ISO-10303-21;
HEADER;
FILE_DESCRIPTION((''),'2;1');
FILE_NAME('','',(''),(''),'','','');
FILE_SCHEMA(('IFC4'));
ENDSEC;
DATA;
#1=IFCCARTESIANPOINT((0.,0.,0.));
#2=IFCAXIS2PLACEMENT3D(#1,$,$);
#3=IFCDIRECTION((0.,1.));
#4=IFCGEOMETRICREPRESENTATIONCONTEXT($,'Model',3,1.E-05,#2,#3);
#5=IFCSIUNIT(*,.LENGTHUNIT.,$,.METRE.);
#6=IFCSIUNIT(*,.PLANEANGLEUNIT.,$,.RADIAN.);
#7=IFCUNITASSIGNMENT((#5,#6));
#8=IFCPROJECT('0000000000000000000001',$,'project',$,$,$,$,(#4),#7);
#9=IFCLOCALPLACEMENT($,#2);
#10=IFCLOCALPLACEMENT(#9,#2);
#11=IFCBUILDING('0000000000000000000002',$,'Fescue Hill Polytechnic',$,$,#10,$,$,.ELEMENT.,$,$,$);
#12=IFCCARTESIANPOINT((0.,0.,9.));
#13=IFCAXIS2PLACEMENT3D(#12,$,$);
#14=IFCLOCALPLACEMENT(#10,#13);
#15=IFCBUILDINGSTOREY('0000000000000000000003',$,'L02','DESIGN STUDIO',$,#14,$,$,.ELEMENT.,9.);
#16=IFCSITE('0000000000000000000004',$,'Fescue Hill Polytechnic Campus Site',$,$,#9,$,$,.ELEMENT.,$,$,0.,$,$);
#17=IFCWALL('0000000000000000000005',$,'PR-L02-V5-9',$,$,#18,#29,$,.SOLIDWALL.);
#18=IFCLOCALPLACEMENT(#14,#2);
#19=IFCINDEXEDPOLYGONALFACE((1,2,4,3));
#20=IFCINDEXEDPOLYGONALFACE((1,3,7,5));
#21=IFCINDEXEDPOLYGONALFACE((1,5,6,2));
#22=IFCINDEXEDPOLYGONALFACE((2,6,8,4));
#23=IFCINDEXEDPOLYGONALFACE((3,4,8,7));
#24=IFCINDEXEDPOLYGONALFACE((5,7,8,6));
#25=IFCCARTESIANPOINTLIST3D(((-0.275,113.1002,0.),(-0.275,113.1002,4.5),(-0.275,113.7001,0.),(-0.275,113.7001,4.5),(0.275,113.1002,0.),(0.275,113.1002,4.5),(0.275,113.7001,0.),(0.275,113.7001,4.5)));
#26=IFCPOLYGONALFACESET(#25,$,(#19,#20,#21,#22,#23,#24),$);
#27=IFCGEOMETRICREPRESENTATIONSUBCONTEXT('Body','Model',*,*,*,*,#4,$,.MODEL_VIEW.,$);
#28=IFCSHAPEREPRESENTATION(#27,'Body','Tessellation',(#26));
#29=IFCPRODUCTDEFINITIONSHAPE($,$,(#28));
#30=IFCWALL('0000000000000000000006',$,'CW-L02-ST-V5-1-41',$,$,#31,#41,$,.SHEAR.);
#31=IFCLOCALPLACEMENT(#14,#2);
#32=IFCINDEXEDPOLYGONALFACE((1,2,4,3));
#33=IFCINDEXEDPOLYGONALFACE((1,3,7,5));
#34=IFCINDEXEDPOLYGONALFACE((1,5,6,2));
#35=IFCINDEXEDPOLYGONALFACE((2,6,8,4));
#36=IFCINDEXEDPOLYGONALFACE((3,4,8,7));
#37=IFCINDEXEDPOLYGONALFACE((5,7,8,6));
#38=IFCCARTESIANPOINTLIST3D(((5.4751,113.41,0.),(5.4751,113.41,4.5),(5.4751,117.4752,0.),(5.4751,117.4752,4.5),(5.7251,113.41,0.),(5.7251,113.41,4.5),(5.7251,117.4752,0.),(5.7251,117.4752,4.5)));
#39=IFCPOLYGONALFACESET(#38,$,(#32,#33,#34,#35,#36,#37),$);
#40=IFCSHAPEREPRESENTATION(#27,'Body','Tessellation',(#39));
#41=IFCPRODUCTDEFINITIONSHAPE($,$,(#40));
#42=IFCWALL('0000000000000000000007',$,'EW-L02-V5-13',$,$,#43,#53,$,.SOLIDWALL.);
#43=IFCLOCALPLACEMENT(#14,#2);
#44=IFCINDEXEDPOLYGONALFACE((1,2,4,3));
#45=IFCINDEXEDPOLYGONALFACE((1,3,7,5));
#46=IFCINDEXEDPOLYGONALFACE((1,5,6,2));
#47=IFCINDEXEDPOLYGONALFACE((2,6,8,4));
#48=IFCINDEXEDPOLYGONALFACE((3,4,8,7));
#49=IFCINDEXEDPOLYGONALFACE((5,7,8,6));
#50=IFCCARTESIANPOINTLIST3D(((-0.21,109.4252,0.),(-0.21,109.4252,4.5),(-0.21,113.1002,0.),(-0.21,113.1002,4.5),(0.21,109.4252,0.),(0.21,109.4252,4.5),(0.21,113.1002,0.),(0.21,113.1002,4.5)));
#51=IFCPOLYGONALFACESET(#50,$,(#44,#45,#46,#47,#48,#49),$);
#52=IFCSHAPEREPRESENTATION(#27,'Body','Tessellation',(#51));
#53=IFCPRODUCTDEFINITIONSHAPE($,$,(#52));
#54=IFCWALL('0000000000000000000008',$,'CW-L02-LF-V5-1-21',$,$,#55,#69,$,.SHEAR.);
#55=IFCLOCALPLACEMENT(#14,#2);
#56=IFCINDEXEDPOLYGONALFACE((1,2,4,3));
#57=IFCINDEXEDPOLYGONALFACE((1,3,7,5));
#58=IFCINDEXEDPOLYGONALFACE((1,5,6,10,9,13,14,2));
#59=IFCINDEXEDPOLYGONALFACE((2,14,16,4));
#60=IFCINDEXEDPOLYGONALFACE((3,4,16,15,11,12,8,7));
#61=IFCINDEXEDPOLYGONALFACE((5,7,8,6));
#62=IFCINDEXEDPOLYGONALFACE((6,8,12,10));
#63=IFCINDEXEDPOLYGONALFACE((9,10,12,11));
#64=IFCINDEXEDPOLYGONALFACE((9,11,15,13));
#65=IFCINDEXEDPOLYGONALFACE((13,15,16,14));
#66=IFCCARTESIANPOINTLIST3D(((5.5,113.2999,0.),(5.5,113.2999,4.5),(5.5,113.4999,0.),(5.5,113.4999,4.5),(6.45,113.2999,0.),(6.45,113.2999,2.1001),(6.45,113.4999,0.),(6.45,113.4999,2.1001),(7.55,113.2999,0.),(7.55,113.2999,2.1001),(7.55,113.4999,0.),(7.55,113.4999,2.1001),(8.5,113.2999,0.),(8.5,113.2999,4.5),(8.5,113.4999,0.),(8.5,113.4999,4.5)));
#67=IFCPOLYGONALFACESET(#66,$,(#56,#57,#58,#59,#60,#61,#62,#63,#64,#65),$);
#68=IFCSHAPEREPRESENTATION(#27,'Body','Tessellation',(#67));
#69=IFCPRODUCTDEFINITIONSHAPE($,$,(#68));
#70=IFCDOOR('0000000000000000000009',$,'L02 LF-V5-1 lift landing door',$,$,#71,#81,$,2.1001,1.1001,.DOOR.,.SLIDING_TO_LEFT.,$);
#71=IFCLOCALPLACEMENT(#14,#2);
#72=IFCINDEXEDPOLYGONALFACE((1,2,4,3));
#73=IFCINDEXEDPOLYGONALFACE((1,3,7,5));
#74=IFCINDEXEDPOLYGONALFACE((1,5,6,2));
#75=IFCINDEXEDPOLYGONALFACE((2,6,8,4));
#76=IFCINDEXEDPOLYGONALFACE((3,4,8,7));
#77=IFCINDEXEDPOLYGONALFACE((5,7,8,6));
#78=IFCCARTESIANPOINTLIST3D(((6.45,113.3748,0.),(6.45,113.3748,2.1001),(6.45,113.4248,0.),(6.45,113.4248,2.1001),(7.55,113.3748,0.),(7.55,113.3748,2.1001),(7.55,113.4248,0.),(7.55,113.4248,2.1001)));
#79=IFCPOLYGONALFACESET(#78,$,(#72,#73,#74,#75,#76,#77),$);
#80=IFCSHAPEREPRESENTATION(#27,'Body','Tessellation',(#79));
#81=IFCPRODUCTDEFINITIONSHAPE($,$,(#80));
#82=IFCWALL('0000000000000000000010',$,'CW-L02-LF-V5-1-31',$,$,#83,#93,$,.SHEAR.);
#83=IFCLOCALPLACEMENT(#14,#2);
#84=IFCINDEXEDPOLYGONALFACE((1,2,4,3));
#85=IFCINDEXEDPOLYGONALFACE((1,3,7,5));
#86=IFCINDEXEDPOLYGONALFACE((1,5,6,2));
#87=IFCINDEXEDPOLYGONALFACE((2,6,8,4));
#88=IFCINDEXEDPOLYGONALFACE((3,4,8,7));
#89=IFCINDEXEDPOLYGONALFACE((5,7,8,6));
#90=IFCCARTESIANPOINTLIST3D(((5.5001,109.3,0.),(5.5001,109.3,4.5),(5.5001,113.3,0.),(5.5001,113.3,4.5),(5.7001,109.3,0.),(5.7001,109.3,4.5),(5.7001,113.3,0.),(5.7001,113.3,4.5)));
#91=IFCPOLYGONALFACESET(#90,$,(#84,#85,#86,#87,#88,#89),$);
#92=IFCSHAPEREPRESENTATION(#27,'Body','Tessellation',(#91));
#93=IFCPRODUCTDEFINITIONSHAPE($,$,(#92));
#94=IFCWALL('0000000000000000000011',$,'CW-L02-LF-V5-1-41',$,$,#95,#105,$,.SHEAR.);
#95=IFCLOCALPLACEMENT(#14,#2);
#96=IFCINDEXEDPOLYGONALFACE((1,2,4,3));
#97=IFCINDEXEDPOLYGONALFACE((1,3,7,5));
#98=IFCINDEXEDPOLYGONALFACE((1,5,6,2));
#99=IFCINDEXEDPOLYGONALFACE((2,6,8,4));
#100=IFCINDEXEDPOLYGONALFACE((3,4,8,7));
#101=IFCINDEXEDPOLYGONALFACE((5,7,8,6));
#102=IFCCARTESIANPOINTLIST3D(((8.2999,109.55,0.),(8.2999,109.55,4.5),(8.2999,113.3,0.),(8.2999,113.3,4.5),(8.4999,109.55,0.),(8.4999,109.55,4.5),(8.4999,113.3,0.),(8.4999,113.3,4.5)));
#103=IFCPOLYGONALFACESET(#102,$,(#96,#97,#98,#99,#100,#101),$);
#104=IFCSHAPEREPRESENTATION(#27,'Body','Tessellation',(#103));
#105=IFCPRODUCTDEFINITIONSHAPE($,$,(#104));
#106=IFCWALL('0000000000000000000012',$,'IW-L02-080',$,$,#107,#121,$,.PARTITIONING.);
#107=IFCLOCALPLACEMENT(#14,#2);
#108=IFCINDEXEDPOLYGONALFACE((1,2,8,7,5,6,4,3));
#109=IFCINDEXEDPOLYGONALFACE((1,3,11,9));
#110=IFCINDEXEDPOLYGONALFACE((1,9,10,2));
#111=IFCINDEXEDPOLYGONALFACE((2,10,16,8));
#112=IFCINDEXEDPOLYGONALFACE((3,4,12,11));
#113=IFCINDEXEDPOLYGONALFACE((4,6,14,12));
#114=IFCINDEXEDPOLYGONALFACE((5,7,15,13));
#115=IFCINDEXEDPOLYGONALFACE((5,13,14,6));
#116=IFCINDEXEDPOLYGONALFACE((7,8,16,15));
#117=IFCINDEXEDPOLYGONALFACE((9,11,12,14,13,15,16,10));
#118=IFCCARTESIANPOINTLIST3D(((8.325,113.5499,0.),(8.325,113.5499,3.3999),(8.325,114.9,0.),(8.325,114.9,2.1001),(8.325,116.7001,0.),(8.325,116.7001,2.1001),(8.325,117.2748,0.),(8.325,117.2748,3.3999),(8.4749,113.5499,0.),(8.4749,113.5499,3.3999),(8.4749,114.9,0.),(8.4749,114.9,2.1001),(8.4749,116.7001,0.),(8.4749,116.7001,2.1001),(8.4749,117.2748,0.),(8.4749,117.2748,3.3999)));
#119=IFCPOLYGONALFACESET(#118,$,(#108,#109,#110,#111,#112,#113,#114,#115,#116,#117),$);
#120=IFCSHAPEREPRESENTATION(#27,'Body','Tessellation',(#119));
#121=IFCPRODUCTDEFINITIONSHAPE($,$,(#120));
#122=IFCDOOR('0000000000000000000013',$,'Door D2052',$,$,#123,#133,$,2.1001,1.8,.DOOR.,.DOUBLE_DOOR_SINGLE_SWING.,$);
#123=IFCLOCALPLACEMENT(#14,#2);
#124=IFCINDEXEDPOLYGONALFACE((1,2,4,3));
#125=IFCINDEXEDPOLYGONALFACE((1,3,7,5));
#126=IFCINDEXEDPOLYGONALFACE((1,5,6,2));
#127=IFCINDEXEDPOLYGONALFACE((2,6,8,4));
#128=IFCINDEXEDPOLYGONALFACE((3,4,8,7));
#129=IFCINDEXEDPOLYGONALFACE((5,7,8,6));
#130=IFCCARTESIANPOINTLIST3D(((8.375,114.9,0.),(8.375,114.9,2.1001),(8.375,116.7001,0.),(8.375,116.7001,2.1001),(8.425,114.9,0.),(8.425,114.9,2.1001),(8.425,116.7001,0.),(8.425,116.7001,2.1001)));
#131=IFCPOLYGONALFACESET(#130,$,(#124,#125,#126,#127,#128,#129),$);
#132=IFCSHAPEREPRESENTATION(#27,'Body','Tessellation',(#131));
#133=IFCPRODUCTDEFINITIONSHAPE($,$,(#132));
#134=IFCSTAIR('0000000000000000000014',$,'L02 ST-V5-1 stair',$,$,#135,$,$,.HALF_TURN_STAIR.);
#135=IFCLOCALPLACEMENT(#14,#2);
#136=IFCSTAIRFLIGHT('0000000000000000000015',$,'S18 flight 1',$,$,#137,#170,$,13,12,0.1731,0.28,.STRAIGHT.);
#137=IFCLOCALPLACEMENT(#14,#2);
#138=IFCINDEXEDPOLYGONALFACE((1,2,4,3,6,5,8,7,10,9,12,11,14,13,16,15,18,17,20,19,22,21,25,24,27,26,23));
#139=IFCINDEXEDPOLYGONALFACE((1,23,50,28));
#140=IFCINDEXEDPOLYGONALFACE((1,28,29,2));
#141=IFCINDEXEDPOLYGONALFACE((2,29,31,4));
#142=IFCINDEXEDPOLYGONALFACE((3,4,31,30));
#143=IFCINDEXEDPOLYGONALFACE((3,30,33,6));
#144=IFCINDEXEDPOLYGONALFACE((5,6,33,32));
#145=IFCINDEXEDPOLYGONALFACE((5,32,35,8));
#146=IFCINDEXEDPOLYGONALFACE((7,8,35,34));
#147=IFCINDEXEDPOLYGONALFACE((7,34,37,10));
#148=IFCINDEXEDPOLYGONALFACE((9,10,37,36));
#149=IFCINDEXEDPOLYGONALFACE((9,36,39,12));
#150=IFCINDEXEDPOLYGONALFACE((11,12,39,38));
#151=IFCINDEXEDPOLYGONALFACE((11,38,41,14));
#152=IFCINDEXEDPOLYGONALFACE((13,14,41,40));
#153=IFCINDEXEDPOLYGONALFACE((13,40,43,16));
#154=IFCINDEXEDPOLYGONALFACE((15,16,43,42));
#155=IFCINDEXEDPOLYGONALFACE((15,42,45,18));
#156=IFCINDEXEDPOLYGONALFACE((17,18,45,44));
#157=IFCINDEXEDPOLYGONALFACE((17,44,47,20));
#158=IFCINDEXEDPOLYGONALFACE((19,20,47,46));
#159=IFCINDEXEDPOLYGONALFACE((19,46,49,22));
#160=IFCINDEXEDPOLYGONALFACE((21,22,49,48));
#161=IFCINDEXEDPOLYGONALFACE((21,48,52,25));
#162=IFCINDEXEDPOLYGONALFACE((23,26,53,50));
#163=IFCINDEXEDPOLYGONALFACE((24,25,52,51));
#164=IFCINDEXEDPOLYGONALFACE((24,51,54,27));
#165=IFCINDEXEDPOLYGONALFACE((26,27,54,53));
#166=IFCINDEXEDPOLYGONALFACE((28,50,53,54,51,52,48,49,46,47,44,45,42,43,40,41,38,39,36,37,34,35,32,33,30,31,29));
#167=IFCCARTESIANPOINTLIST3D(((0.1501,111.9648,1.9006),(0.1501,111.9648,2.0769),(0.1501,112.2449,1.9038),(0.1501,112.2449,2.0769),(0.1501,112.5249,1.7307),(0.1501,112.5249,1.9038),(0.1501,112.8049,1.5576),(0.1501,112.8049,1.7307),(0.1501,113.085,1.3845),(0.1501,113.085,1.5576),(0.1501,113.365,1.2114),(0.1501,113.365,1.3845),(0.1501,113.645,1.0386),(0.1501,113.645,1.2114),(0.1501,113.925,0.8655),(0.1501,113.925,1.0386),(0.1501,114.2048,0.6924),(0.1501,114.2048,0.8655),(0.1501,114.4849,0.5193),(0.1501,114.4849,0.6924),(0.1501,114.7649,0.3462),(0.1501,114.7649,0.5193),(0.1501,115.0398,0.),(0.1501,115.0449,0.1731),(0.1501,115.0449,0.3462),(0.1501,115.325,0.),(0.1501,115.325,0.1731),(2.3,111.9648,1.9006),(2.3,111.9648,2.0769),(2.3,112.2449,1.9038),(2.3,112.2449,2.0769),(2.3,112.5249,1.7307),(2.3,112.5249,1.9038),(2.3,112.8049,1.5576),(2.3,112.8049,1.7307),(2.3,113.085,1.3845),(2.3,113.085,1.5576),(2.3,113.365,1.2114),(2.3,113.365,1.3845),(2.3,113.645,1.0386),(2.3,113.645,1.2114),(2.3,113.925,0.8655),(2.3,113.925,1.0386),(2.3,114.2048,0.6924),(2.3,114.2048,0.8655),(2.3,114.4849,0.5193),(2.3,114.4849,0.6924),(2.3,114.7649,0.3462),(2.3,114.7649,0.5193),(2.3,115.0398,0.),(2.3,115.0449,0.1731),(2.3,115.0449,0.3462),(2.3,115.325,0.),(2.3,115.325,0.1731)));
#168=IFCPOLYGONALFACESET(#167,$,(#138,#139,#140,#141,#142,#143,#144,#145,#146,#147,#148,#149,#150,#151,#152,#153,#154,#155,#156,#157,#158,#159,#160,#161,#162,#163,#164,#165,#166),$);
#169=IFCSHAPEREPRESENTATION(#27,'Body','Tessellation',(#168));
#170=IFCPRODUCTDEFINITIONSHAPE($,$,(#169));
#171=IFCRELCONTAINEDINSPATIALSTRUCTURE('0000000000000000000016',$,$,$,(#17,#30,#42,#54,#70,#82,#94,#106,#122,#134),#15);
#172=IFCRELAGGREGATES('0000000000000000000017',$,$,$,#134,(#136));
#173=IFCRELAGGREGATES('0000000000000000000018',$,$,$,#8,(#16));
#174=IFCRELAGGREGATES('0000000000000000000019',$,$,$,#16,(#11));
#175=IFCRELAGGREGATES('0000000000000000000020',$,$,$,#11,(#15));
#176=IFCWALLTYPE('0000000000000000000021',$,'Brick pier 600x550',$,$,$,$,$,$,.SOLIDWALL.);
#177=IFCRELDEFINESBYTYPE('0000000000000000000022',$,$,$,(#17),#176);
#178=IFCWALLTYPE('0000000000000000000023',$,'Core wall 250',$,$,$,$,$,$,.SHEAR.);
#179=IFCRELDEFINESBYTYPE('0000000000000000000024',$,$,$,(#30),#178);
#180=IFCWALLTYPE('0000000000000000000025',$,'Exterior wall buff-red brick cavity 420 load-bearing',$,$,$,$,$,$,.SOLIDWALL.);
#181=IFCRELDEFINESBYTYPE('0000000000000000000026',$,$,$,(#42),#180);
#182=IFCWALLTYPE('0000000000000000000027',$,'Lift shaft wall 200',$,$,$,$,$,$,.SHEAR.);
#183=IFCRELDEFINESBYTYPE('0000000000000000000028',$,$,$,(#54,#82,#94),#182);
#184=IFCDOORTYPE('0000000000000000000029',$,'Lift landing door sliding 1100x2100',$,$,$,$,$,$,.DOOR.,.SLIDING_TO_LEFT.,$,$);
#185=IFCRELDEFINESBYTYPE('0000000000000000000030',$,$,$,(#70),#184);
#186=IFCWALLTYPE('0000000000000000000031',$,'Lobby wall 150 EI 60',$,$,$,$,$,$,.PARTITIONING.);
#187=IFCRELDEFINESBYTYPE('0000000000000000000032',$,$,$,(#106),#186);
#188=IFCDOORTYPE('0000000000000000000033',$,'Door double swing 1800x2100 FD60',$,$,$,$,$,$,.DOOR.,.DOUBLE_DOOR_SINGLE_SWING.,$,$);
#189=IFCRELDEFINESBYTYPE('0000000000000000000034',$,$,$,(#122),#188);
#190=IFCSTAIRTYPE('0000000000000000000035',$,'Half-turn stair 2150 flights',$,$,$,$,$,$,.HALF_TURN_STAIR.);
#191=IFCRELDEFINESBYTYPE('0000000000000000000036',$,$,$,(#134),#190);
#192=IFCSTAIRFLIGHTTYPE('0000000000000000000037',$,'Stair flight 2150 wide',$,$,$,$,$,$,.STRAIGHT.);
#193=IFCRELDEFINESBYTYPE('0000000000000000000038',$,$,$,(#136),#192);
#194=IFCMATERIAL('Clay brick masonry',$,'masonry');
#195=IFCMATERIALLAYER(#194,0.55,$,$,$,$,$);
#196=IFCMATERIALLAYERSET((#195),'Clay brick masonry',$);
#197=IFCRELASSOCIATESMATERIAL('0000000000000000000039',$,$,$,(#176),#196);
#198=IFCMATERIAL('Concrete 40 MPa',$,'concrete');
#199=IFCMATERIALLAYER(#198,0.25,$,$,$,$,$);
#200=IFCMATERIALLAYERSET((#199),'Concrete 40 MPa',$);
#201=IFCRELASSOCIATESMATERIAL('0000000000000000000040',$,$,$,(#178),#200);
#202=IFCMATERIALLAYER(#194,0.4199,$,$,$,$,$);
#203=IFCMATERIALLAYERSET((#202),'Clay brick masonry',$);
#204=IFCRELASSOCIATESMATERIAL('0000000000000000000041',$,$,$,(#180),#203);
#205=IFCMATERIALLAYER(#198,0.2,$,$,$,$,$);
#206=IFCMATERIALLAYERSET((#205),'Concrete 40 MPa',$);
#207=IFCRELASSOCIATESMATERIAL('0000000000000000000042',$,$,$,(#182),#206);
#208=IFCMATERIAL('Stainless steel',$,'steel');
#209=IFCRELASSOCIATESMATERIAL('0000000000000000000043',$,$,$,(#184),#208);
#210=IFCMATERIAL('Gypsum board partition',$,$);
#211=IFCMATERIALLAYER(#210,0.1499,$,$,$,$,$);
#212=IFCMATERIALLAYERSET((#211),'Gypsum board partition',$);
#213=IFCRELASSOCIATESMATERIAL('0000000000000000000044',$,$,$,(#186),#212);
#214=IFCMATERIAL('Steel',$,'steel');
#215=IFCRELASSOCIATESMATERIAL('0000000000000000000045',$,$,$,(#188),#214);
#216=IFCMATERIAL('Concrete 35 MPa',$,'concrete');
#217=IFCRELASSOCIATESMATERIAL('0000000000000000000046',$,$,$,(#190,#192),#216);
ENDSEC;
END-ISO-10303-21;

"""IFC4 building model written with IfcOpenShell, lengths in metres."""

from ifc_helpers import new_model, si_unit, direction, frame, frame_2d, origin, place, context, subcontext, project, spatial, polyline, rectangle, outline, extrude, material, layer, layer_set, type_object, element, fill, aggregate, save


model = new_model("IFC4")

# Units and contexts
model_context = context("Model", 3, precision=1e-05, world=origin(), true_north=direction((0.0, 1.0)))
body_context = subcontext(model_context, "Body", "Model", "MODEL_VIEW")
ifc_project = project(units=[si_unit("LENGTHUNIT", "METRE"), si_unit("PLANEANGLEUNIT", "RADIAN")], contexts=[model_context])

# Site, building, storey
site_placement = place(None, origin())
site = spatial("IfcSite", under=ifc_project, at=site_placement, Name="Fescue Hill Polytechnic Campus Site", CompositionType="ELEMENT", RefElevation=0.0)
building_placement = place(site_placement, origin())
building = spatial("IfcBuilding", under=site, at=building_placement, Name="Fescue Hill Polytechnic", CompositionType="ELEMENT")
storey_placement = place(building_placement, frame((0.0, 0.0, 9.0)))
storey = spatial("IfcBuildingStorey", under=building, at=storey_placement, Name="L02", Description="DESIGN STUDIO", CompositionType="ELEMENT", Elevation=9.0)

# Walls
ifc_material_1 = material(Name="Clay brick masonry", Category="masonry")
ifc_layer_1 = layer(ifc_material_1, 0.55)
ifc_layer_set_1 = layer_set([ifc_layer_1], Name="Clay brick masonry")
wall_type_1 = type_object("IfcWallType", Name="Brick pier 600x550", PredefinedType="SOLIDWALL", material=ifc_layer_set_1)
wall_1_placement = place(storey_placement, frame((0.0, 113.7, 0.0), z_axis=(0.0, 0.0, 1.0), x_axis=(0.0, -1.0, 0.0)))
element("IfcWall", 1, at=wall_1_placement, inside=storey, type_object=wall_type_1, Name="PR-L02-V5-9", PredefinedType="SOLIDWALL", context=body_context, shape_type="SweptSolid", body=[
    extrude(rectangle(XDim=0.5999, YDim=0.55, at=frame_2d((0.2998, 0.0))), origin(), (0.0, 0.0, 1.0), 4.5),
])
ifc_material_2 = material(Name="Concrete 40 MPa", Category="concrete")
ifc_layer_2 = layer(ifc_material_2, 0.25)
ifc_layer_set_2 = layer_set([ifc_layer_2], Name="Concrete 40 MPa")
wall_type_2 = type_object("IfcWallType", Name="Core wall 250", PredefinedType="SHEAR", material=ifc_layer_set_2)
wall_2_placement = place(storey_placement, frame((5.6001, 113.4099, 0.0), z_axis=(0.0, 0.0, 1.0), x_axis=(0.0, 1.0, 0.0)))
element("IfcWall", 2, at=wall_2_placement, inside=storey, type_object=wall_type_2, Name="CW-L02-ST-V5-1-41", PredefinedType="SHEAR", context=body_context, shape_type="SweptSolid", body=[
    extrude(rectangle(XDim=4.0652, YDim=0.25, at=frame_2d((2.0327, 0.0))), origin(), (0.0, 0.0, 1.0), 4.5),
])
ifc_layer_3 = layer(ifc_material_1, 0.4199)
ifc_layer_set_3 = layer_set([ifc_layer_3], Name="Clay brick masonry")
wall_type_3 = type_object("IfcWallType", Name="Exterior wall buff-red brick cavity 420 load-bearing", PredefinedType="SOLIDWALL", material=ifc_layer_set_3)
wall_3_placement = place(storey_placement, frame((0.0, 113.1001, 0.0), z_axis=(0.0, 0.0, 1.0), x_axis=(0.0, -1.0, 0.0)))
element("IfcWall", 3, at=wall_3_placement, inside=storey, type_object=wall_type_3, Name="EW-L02-V5-13", PredefinedType="SOLIDWALL", context=body_context, shape_type="SweptSolid", body=[
    extrude(rectangle(XDim=3.675, YDim=0.4199, at=frame_2d((1.8374, 0.0))), origin(), (0.0, 0.0, 1.0), 4.5),
])

# Wall, opening, door
ifc_layer_4 = layer(ifc_material_2, 0.2)
ifc_layer_set_4 = layer_set([ifc_layer_4], Name="Concrete 40 MPa")
wall_type_4 = type_object("IfcWallType", Name="Lift shaft wall 200", PredefinedType="SHEAR", material=ifc_layer_set_4)
wall_4_placement = place(storey_placement, frame((5.5, 113.3999, 0.0), z_axis=(0.0, 0.0, 1.0), x_axis=(1.0, 0.0, 0.0)))
wall_4 = element("IfcWall", 4, at=wall_4_placement, inside=storey, type_object=wall_type_4, Name="CW-L02-LF-V5-1-21", PredefinedType="SHEAR", context=body_context, shape_type="SweptSolid", body=[
    extrude(rectangle(XDim=3.0, YDim=0.2, at=frame_2d((1.5, 0.0))), origin(), (0.0, 0.0, 1.0), 4.5),
])
opening_1_placement = place(wall_4_placement, frame((0.95, 0.0, 0.0)))
opening_1 = element("IfcOpeningElement", 5, at=opening_1_placement, cuts=wall_4, PredefinedType="OPENING", context=body_context, shape_type="SweptSolid", body=[
    extrude(rectangle(XDim=1.1001, YDim=2.1001, at=frame_2d((0.55, 1.05))), frame((0.0, 0.1099, 0.0), z_axis=(0.0, -1.0, 0.0), x_axis=(1.0, 0.0, 0.0)), (0.0, 0.0, 1.0), 0.22),
])
ifc_material_3 = material(Name="Stainless steel", Category="steel")
door_type_1 = type_object("IfcDoorType", Name="Lift landing door sliding 1100x2100", OperationType="SLIDING_TO_LEFT", PredefinedType="DOOR", material=ifc_material_3)
door_1_placement = place(opening_1_placement, origin())
door_1 = element("IfcDoor", 6, at=door_1_placement, inside=storey, type_object=door_type_1, Name="L02 LF-V5-1 lift landing door", OperationType="SLIDING_TO_LEFT", OverallHeight=2.1001, OverallWidth=1.1001, PredefinedType="DOOR", context=body_context, shape_type="SweptSolid", body=[
    extrude(rectangle(XDim=1.1001, YDim=2.1001, at=frame_2d((0.55, 1.05))), frame((0.0, 0.0249, 0.0), z_axis=(0.0, -1.0, 0.0), x_axis=(1.0, 0.0, 0.0)), (0.0, 0.0, 1.0), 0.05),
])
fill(opening_1, door_1)

# Walls
wall_5_placement = place(storey_placement, frame((5.6001, 109.3, 0.0), z_axis=(0.0, 0.0, 1.0), x_axis=(0.0, 1.0, 0.0)))
element("IfcWall", 7, at=wall_5_placement, inside=storey, type_object=wall_type_4, Name="CW-L02-LF-V5-1-31", PredefinedType="SHEAR", context=body_context, shape_type="SweptSolid", body=[
    extrude(rectangle(XDim=4.0, YDim=0.2, at=frame_2d((2.0, 0.0))), origin(), (0.0, 0.0, 1.0), 4.5),
])
wall_6_placement = place(storey_placement, frame((8.3999, 109.55, 0.0), z_axis=(0.0, 0.0, 1.0), x_axis=(0.0, 1.0, 0.0)))
element("IfcWall", 8, at=wall_6_placement, inside=storey, type_object=wall_type_4, Name="CW-L02-LF-V5-1-41", PredefinedType="SHEAR", context=body_context, shape_type="SweptSolid", body=[
    extrude(rectangle(XDim=3.75, YDim=0.2, at=frame_2d((1.875, 0.0))), origin(), (0.0, 0.0, 1.0), 4.5),
])

# Wall, opening, door
ifc_material_4 = material(Name="Gypsum board partition")
ifc_layer_5 = layer(ifc_material_4, 0.1499)
ifc_layer_set_5 = layer_set([ifc_layer_5], Name="Gypsum board partition")
wall_type_5 = type_object("IfcWallType", Name="Lobby wall 150 EI 60", PredefinedType="PARTITIONING", material=ifc_layer_set_5)
wall_7_placement = place(storey_placement, frame((8.3999, 113.55, 0.0), z_axis=(0.0, 0.0, 1.0), x_axis=(0.0, 1.0, 0.0)))
wall_7 = element("IfcWall", 9, at=wall_7_placement, inside=storey, type_object=wall_type_5, Name="IW-L02-080", PredefinedType="PARTITIONING", context=body_context, shape_type="SweptSolid", body=[
    extrude(rectangle(XDim=3.7249, YDim=0.1499, at=frame_2d((1.8623, 0.0))), origin(), (0.0, 0.0, 1.0), 3.3999),
])
opening_2_placement = place(wall_7_placement, frame((1.3501, 0.0, 0.0)))
opening_2 = element("IfcOpeningElement", 10, at=opening_2_placement, cuts=wall_7, PredefinedType="OPENING", context=body_context, shape_type="SweptSolid", body=[
    extrude(rectangle(XDim=1.8, YDim=2.1001, at=frame_2d((0.8999, 1.05))), frame((0.0, 0.085, 0.0), z_axis=(0.0, -1.0, 0.0), x_axis=(1.0, 0.0, 0.0)), (0.0, 0.0, 1.0), 0.1699),
])
ifc_material_5 = material(Name="Steel", Category="steel")
door_type_2 = type_object("IfcDoorType", Name="Door double swing 1800x2100 FD60", OperationType="DOUBLE_DOOR_SINGLE_SWING", PredefinedType="DOOR", material=ifc_material_5)
door_2_placement = place(opening_2_placement, origin())
door_2 = element("IfcDoor", 11, at=door_2_placement, inside=storey, type_object=door_type_2, Name="Door D2052", OperationType="DOUBLE_DOOR_SINGLE_SWING", OverallHeight=2.1001, OverallWidth=1.8, PredefinedType="DOOR", context=body_context, shape_type="SweptSolid", body=[
    extrude(rectangle(XDim=1.8, YDim=2.1001, at=frame_2d((0.8999, 1.05))), frame((0.0, 0.0249, 0.0), z_axis=(0.0, -1.0, 0.0), x_axis=(1.0, 0.0, 0.0)), (0.0, 0.0, 1.0), 0.05),
])
fill(opening_2, door_2)

# Stair, stair flight
ifc_material_6 = material(Name="Concrete 35 MPa", Category="concrete")
stair_type = type_object("IfcStairType", Name="Half-turn stair 2150 flights", PredefinedType="HALF_TURN_STAIR", material=ifc_material_6)
stair_placement = place(storey_placement, origin())
stair = element("IfcStair", 12, at=stair_placement, inside=storey, type_object=stair_type, Name="L02 ST-V5-1 stair", PredefinedType="HALF_TURN_STAIR")
stair_flight_type = type_object("IfcStairFlightType", Name="Stair flight 2150 wide", PredefinedType="STRAIGHT", material=ifc_material_6)
stair_flight_1_placement = place(storey_placement, frame((1.2251, 115.325, 0.0), z_axis=(0.0, 0.0, 1.0), x_axis=(0.0, -1.0, 0.0)))
stair_flight_1 = element("IfcStairFlight", 13, at=stair_flight_1_placement, type_object=stair_flight_type, Name="S18 flight 1", NumberOfRisers=13, NumberOfTreads=12, PredefinedType="STRAIGHT", RiserHeight=0.1731, TreadLength=0.28, context=body_context, shape_type="SweptSolid", body=[
    extrude(outline(polyline([(0.0, 0.0), (0.0, 0.1731), (0.28, 0.1731), (0.28, 0.3462), (0.5601, 0.3462), (0.5601, 0.5193), (0.8401, 0.5193), (0.8401, 0.6924), (1.1201, 0.6924), (1.1201, 0.8655), (1.3999, 0.8655), (1.3999, 1.0386), (1.6799, 1.0386), (1.6799, 1.2114), (1.96, 1.2114), (1.96, 1.3845), (2.24, 1.3845), (2.24, 1.5576), (2.52, 1.5576), (2.52, 1.7307), (2.8, 1.7307), (2.8, 1.9038), (3.0801, 1.9038), (3.0801, 2.0769), (3.3601, 2.0769), (3.3601, 2.25), (3.3601, 1.9006), (0.2852, 0.0), (0.0, 0.0)])), frame((0.0, 1.075, 0.0), z_axis=(0.0, -1.0, 0.0), x_axis=(1.0, 0.0, 0.0)), (0.0, 0.0, 1.0), 2.1499),
])
aggregate(stair, [stair_flight_1])

save(model, "model.ifc")
